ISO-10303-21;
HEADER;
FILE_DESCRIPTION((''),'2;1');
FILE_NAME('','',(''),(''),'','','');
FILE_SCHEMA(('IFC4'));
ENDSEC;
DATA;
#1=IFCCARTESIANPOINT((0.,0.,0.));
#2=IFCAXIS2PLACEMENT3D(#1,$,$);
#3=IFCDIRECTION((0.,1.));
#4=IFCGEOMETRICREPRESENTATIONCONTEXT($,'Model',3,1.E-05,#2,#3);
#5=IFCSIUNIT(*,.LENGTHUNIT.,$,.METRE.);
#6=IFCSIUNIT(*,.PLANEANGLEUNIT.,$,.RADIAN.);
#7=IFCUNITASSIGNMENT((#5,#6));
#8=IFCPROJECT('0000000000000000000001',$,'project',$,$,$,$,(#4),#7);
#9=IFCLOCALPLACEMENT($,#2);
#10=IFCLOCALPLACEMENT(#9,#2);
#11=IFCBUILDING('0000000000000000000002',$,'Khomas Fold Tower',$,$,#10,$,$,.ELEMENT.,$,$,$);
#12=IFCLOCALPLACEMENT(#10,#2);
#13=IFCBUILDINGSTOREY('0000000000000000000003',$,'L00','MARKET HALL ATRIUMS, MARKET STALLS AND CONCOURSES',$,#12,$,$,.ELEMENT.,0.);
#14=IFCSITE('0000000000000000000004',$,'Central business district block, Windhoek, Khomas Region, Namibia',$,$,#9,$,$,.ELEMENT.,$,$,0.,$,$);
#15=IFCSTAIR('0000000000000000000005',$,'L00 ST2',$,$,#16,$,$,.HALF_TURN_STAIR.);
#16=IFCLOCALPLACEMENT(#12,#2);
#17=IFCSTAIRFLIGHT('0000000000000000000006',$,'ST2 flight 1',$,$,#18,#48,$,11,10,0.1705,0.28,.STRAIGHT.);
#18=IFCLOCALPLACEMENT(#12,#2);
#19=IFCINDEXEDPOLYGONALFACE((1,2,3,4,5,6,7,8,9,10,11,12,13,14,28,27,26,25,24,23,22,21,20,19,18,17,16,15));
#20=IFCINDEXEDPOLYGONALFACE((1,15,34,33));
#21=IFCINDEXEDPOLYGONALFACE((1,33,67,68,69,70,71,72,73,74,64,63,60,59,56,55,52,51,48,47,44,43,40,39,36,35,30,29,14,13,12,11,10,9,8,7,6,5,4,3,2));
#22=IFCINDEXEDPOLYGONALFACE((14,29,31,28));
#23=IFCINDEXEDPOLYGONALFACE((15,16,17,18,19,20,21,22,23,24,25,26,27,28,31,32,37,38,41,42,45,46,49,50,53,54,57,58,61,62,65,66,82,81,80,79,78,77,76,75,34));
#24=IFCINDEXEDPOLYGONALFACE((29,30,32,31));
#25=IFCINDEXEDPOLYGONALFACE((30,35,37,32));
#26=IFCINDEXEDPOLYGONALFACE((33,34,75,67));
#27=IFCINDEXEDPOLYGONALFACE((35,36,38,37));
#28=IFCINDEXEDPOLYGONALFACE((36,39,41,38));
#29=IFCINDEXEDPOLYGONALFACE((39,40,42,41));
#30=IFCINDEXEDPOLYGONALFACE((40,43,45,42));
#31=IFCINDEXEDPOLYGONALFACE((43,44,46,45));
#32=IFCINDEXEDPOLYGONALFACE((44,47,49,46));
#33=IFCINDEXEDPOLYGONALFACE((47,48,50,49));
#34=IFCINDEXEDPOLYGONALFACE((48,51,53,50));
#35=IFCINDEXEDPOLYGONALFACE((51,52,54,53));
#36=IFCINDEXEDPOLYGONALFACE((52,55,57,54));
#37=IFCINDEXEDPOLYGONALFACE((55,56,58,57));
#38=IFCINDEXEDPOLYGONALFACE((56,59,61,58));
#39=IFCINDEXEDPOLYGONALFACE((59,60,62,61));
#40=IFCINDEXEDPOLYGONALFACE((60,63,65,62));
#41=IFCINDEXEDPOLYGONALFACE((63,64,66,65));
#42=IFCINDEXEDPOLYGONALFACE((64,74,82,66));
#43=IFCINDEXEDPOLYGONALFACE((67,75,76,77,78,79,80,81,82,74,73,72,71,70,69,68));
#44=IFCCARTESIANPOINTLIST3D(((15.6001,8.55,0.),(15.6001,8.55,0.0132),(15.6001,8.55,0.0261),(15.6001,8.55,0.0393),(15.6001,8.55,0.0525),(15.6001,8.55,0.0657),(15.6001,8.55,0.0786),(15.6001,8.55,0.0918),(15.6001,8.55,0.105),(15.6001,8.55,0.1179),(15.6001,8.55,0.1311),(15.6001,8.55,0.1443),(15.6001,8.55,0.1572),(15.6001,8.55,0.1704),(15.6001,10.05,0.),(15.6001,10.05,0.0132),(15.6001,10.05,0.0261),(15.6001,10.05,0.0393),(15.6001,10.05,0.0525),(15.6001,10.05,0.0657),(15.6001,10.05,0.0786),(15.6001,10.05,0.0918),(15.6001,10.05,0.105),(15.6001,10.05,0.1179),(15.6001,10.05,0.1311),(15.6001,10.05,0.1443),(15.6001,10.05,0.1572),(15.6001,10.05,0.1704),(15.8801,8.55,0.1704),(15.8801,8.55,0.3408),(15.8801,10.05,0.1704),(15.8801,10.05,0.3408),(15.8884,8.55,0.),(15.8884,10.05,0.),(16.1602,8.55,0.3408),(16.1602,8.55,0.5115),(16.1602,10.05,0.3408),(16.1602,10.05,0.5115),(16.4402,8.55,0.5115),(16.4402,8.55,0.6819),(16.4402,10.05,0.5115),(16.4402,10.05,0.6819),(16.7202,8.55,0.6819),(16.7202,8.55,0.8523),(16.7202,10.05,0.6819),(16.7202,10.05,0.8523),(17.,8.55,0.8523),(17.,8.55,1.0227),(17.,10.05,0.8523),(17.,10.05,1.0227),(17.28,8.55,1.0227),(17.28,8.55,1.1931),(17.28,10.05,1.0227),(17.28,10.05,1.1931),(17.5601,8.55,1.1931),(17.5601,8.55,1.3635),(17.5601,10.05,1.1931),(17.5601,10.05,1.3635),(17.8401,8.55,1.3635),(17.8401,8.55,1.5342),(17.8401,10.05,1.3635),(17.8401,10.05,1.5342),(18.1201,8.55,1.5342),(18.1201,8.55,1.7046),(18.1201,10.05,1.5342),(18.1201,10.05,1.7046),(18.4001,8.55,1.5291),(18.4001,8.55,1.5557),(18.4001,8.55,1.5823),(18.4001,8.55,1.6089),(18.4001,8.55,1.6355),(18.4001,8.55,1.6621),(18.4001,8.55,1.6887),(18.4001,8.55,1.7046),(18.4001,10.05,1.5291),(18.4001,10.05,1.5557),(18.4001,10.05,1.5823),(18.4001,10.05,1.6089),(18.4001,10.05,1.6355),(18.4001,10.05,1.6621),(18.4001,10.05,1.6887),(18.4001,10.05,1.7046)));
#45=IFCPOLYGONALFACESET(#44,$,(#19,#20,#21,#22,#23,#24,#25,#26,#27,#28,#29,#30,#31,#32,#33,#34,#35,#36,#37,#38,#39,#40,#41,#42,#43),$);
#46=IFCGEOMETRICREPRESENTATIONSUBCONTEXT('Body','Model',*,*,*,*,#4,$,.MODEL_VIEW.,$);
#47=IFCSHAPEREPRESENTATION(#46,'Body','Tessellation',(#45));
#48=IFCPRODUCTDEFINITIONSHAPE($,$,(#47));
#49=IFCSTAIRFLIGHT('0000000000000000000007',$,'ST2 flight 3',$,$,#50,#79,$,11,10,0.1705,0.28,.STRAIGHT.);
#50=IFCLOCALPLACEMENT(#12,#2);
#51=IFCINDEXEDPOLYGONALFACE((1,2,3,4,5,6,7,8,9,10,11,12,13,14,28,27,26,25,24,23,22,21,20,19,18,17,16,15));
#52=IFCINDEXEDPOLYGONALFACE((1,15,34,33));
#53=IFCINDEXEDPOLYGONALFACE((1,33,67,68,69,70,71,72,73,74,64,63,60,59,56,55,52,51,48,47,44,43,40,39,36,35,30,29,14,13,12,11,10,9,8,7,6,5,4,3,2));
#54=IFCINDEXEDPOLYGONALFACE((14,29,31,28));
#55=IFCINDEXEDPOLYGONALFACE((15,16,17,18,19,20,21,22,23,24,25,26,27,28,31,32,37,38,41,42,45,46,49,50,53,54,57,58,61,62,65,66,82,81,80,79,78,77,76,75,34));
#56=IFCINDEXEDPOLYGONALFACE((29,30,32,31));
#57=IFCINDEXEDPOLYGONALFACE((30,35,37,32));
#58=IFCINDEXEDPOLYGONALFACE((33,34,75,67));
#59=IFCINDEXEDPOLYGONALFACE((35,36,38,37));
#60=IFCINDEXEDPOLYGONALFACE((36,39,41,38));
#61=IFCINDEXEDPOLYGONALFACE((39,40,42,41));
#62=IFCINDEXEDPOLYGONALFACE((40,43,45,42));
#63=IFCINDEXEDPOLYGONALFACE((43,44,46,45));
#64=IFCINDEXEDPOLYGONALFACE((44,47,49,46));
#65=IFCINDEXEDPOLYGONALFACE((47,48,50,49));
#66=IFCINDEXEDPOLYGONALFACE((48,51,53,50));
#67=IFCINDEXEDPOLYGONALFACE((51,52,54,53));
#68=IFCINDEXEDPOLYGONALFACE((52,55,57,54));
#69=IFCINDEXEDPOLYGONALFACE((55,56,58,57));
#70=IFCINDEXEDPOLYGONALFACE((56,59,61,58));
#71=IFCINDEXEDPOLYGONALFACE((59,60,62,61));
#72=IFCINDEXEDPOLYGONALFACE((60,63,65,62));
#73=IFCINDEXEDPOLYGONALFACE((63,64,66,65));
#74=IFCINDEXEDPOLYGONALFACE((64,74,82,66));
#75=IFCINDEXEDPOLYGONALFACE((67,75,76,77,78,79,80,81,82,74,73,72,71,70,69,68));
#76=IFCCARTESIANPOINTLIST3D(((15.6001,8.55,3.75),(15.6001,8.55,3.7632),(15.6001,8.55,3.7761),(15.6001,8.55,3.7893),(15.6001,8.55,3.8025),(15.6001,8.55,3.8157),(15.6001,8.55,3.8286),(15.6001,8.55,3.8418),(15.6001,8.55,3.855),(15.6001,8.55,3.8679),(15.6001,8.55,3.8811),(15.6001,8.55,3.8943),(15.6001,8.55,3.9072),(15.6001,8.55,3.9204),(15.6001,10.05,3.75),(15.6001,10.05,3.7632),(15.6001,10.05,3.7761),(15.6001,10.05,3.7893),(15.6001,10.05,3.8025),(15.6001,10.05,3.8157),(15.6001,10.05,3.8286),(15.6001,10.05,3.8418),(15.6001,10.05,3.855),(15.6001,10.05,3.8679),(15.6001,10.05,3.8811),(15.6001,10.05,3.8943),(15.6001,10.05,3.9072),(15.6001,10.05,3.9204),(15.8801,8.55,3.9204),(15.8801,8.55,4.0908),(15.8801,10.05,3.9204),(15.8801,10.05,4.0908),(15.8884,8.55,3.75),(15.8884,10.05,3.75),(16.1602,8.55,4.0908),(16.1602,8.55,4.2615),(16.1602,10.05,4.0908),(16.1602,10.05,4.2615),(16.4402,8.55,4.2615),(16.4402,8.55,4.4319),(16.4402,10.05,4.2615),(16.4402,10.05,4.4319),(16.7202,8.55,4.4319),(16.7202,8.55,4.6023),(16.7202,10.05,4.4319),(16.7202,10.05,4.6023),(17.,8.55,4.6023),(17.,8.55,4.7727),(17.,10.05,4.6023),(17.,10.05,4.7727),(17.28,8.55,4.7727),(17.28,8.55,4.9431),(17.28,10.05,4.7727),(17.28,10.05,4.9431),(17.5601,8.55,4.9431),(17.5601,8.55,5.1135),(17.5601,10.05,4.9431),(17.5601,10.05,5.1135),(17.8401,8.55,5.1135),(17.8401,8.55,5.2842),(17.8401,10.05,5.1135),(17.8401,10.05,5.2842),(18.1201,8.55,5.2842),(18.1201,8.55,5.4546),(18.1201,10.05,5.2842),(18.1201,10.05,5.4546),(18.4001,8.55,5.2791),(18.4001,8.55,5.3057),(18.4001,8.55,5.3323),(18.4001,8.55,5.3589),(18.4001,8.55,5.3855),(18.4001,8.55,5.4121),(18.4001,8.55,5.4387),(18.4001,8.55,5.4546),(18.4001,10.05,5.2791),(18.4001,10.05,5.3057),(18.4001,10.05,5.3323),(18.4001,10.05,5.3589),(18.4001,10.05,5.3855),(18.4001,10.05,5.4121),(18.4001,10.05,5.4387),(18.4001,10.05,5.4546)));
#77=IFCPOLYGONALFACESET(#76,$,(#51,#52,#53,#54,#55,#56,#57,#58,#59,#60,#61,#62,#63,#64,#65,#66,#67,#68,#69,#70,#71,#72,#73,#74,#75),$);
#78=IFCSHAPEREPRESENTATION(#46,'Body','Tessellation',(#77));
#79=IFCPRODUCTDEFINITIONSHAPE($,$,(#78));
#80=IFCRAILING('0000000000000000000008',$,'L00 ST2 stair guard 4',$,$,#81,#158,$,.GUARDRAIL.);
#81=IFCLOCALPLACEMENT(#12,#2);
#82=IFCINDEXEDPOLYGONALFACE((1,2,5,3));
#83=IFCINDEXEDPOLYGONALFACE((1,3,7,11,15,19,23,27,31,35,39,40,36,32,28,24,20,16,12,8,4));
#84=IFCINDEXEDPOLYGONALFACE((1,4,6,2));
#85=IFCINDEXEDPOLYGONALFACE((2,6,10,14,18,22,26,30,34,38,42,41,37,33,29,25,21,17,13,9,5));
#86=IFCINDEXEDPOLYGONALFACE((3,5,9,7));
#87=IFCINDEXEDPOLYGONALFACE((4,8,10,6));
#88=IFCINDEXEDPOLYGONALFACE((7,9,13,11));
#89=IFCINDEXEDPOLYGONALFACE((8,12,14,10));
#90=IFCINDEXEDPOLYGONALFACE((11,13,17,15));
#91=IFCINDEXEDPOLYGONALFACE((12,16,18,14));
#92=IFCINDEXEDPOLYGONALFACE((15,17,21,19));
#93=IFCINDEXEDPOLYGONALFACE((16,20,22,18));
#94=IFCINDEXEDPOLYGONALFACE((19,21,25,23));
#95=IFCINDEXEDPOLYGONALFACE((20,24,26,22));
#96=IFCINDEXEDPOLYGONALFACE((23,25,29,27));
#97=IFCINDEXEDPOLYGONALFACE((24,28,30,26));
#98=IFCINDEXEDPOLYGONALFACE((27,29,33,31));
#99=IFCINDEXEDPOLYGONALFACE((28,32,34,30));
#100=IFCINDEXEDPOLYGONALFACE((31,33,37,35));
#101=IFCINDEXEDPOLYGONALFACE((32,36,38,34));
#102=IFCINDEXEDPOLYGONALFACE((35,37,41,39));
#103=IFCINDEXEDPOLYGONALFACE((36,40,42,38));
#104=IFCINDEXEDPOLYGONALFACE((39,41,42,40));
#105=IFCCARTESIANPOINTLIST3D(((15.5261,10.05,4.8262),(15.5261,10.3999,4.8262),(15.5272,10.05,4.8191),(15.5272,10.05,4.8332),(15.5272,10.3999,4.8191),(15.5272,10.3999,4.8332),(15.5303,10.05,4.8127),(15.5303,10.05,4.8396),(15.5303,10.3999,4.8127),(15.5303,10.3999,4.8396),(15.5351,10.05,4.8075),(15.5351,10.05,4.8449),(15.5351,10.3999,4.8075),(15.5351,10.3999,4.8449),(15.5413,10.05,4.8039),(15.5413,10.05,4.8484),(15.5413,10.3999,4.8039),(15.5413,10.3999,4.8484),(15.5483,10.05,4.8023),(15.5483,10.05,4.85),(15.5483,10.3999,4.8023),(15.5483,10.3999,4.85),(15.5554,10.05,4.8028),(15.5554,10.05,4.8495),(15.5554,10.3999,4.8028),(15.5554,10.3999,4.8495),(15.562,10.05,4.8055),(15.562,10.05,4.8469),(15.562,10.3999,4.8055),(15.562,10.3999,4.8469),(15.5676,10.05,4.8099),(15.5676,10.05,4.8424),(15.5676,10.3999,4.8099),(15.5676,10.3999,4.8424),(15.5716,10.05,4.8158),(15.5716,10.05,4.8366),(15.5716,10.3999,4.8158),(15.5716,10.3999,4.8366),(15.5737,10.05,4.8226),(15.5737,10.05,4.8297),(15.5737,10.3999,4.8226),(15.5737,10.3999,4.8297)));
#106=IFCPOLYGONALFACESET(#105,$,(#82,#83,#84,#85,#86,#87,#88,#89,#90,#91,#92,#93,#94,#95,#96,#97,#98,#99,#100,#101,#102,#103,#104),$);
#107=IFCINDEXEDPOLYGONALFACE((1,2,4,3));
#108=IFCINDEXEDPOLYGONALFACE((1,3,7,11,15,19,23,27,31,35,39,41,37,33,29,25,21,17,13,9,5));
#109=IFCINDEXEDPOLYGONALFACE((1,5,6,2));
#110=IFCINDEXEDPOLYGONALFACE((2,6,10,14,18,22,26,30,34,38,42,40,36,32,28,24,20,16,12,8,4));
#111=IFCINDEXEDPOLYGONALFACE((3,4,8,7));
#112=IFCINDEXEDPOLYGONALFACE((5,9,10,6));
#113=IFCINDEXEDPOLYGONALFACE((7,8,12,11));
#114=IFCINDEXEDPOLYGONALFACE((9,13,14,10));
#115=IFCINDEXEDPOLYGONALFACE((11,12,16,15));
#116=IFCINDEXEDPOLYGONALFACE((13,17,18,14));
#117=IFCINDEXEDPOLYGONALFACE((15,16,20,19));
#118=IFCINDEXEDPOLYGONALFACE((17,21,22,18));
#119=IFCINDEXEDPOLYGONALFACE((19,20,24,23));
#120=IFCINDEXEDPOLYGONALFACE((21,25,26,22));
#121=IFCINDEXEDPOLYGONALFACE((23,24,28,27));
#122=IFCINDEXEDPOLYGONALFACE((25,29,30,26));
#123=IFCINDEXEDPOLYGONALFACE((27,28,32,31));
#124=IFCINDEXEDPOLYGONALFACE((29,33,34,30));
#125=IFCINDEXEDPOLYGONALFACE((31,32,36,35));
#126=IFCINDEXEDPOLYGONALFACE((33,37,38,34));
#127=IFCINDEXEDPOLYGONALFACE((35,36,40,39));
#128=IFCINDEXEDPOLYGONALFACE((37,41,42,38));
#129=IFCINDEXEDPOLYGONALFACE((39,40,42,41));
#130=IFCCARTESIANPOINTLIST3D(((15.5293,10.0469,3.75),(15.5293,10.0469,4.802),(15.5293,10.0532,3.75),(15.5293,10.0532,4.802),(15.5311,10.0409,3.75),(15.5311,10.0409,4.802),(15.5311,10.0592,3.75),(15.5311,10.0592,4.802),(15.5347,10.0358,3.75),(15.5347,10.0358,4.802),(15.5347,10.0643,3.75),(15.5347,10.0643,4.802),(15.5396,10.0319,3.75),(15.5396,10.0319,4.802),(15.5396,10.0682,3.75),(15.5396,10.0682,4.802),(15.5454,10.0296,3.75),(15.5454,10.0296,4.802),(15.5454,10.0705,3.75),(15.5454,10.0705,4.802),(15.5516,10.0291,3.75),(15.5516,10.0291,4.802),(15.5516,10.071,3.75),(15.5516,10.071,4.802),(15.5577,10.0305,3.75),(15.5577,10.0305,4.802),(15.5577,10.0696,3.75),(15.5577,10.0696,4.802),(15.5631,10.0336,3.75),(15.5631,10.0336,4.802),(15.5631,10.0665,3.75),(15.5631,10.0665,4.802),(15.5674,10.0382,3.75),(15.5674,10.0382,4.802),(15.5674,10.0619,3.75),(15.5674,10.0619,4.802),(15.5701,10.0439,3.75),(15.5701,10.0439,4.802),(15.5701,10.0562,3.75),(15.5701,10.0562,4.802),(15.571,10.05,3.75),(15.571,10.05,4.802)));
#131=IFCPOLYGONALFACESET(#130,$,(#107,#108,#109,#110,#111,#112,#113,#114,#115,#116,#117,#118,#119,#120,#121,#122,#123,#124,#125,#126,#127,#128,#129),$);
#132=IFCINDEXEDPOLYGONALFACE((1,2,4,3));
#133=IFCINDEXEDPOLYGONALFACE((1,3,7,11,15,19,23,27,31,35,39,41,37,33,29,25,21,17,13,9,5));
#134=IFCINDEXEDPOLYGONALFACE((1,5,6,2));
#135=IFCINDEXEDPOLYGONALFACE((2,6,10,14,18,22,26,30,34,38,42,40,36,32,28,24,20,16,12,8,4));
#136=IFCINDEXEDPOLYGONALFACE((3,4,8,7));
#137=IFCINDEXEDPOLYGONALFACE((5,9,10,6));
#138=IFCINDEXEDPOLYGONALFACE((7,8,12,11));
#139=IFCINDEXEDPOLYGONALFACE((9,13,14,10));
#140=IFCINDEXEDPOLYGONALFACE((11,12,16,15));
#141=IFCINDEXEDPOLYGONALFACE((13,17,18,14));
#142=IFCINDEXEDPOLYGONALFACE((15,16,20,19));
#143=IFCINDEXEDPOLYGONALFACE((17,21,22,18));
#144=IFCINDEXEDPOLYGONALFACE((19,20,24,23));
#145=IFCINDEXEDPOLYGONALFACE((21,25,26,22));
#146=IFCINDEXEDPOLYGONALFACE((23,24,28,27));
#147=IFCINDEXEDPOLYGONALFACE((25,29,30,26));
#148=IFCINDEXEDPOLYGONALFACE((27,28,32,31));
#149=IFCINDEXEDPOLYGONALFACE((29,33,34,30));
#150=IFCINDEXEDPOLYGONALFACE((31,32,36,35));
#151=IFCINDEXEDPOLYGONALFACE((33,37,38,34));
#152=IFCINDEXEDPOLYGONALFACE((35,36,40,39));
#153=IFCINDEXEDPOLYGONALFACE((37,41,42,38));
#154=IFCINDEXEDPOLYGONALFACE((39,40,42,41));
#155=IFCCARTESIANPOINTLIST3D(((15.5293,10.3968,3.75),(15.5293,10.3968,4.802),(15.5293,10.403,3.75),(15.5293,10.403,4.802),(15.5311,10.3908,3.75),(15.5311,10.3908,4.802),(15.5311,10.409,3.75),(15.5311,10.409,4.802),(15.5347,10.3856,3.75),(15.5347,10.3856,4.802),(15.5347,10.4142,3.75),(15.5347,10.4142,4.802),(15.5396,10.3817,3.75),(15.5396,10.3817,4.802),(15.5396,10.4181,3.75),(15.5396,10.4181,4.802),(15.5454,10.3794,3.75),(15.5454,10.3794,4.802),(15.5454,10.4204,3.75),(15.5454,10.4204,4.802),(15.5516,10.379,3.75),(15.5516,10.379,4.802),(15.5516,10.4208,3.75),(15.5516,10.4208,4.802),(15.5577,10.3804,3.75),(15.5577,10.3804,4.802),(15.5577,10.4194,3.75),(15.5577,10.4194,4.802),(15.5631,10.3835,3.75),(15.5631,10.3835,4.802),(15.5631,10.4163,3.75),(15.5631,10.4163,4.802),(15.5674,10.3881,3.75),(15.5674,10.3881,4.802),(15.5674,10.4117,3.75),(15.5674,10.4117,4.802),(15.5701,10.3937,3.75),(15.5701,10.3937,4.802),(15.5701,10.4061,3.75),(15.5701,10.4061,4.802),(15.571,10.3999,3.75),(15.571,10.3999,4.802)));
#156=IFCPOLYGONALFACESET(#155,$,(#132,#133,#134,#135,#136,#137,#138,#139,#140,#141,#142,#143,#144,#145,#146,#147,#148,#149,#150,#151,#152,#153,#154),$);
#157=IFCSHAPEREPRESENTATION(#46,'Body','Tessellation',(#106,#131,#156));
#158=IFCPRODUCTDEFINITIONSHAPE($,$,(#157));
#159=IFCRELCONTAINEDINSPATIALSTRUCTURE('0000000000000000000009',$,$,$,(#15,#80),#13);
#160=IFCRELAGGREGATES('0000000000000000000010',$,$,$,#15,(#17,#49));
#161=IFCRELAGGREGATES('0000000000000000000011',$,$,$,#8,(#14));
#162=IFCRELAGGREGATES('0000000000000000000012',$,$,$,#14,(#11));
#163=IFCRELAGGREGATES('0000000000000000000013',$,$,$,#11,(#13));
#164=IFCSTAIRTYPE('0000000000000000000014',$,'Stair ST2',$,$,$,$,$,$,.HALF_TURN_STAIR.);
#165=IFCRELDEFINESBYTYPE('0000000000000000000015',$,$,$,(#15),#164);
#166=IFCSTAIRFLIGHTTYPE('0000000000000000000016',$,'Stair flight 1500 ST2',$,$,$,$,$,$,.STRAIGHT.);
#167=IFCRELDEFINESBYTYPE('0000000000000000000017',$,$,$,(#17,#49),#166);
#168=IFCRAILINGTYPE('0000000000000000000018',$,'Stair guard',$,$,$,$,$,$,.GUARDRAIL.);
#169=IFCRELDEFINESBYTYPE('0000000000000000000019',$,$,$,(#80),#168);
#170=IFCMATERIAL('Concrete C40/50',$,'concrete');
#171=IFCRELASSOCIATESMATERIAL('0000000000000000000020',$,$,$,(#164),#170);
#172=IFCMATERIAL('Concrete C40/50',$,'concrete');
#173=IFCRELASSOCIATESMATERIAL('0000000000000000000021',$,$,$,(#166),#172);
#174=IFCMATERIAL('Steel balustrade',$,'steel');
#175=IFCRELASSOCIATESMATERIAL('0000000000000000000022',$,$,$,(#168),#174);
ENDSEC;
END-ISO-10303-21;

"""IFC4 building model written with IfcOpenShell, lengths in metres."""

from ifc_helpers import new_model, si_unit, direction, frame, origin, origin_2d, place, context, subcontext, project, spatial, polyline, circle, outline, extrude, source, transform, mapped, material, type_object, element, aggregate, save


model = new_model("IFC4")

# Units and contexts
model_context = context("Model", 3, precision=1e-05, world=origin(), true_north=direction((0.0, 1.0)))
body_context = subcontext(model_context, "Body", "Model", "MODEL_VIEW")
ifc_project = project(units=[si_unit("LENGTHUNIT", "METRE"), si_unit("PLANEANGLEUNIT", "RADIAN")], contexts=[model_context])

# Site, building, storey
site_placement = place(None, origin())
site = spatial("IfcSite", under=ifc_project, at=site_placement, Name="Central business district block, Windhoek, Khomas Region, Namibia", CompositionType="ELEMENT", RefElevation=0.0)
building_placement = place(site_placement, origin())
building = spatial("IfcBuilding", under=site, at=building_placement, Name="Khomas Fold Tower", CompositionType="ELEMENT")
storey_placement = place(building_placement, origin())
storey = spatial("IfcBuildingStorey", under=building, at=storey_placement, Name="L00", Description="MARKET HALL ATRIUMS, MARKET STALLS AND CONCOURSES", CompositionType="ELEMENT", Elevation=0.0)

# Stair, stair flights
ifc_material_1 = material(Name="Concrete C40/50", Category="concrete")
stair_type = type_object("IfcStairType", Name="Stair ST2", PredefinedType="HALF_TURN_STAIR", material=ifc_material_1)
stair_placement = place(storey_placement, origin())
stair = element("IfcStair", 1, at=stair_placement, inside=storey, type_object=stair_type, Name="L00 ST2", PredefinedType="HALF_TURN_STAIR")
ifc_material_2 = material(Name="Concrete C40/50", Category="concrete")
stair_flight_type = type_object("IfcStairFlightType", Name="Stair flight 1500 ST2", PredefinedType="STRAIGHT", material=ifc_material_2)
shared_shape_1 = source(origin(), body_context, "Body", "SweptSolid", [
    extrude(outline(polyline([(0.0, 0.0), (0.0, 0.0132), (0.0, 0.0261), (0.0, 0.0393), (0.0, 0.0525), (0.0, 0.0657), (0.0, 0.0786), (0.0, 0.0918), (0.0, 0.105), (0.0, 0.1179), (0.0, 0.1311), (0.0, 0.1443), (0.0, 0.1572), (0.0, 0.1704), (0.28, 0.1704), (0.28, 0.3408), (0.5601, 0.3408), (0.5601, 0.5115), (0.8401, 0.5115), (0.8401, 0.6819), (1.1201, 0.6819), (1.1201, 0.8523), (1.3999, 0.8523), (1.3999, 1.0227), (1.6799, 1.0227), (1.6799, 1.1931), (1.96, 1.1931), (1.96, 1.3635), (2.24, 1.3635), (2.24, 1.5342), (2.52, 1.5342), (2.52, 1.7046), (2.8, 1.7046), (2.8, 1.875), (2.8, 1.8484), (2.8, 1.8218), (2.8, 1.7952), (2.8, 1.7686), (2.8, 1.7419), (2.8, 1.7153), (2.8, 1.6887), (2.8, 1.6621), (2.8, 1.6355), (2.8, 1.6089), (2.8, 1.5823), (2.8, 1.5557), (2.8, 1.5291), (0.2883, 0.0), (0.0, 0.0)])), frame((0.0, 0.75, 0.0), z_axis=(0.0, -1.0, 0.0), x_axis=(1.0, 0.0, 0.0)), (0.0, 0.0, 1.0), 1.5),
])
stair_flight_1_placement = place(storey_placement, frame((15.6001, 9.3, 0.0), z_axis=(0.0, 0.0, 1.0), x_axis=(1.0, 0.0, 0.0)))
stair_flight_1 = element("IfcStairFlight", 2, at=stair_flight_1_placement, type_object=stair_flight_type, Name="ST2 flight 1", NumberOfRisers=11, NumberOfTreads=10, PredefinedType="STRAIGHT", RiserHeight=0.1705, TreadLength=0.28, context=body_context, shape_type="MappedRepresentation", body=[
    mapped(shared_shape_1, transform((0.0, 0.0, 0.0))),
])
stair_flight_2_placement = place(storey_placement, frame((15.6001, 9.3, 3.75), z_axis=(0.0, 0.0, 1.0), x_axis=(1.0, 0.0, 0.0)))
stair_flight_2 = element("IfcStairFlight", 3, at=stair_flight_2_placement, type_object=stair_flight_type, Name="ST2 flight 3", NumberOfRisers=11, NumberOfTreads=10, PredefinedType="STRAIGHT", RiserHeight=0.1705, TreadLength=0.28, context=body_context, shape_type="MappedRepresentation", body=[
    mapped(shared_shape_1, transform((0.0, 0.0, 0.0))),
])
aggregate(stair, [stair_flight_1, stair_flight_2])

# Railing
ifc_material_3 = material(Name="Steel balustrade", Category="steel")
railing_type_1 = type_object("IfcRailingType", Name="Stair guard", PredefinedType="GUARDRAIL", material=ifc_material_3)
shared_shape_2 = source(origin(), body_context, "Body", "SweptSolid", [
    extrude(circle(Radius=0.0239, at=origin_2d()), frame((0.0, 0.0, 1.0762), z_axis=(0.0, 1.0, 0.0), x_axis=(-1.0, 0.0, 0.0)), (0.0, 0.0, 1.0), 0.3499),
    extrude(circle(Radius=0.021, at=origin_2d()), origin(), (0.0, 0.0, 1.0), 1.052),
    extrude(circle(Radius=0.021, at=origin_2d()), frame((0.0, 0.3499, 0.0)), (0.0, 0.0, 1.0), 1.052),
])
for number, where, name in (
    (4, (15.55, 10.05, 3.75), "L00 ST2 stair guard 4"),
):
    element("IfcRailing", number, at=place(storey_placement, frame(where)), inside=storey, type_object=railing_type_1, Name=name, PredefinedType="GUARDRAIL", context=body_context, shape_type="MappedRepresentation", body=[
        mapped(shared_shape_2, transform((0.0, 0.0, 0.0))),
    ])

save(model, "model.ifc")
